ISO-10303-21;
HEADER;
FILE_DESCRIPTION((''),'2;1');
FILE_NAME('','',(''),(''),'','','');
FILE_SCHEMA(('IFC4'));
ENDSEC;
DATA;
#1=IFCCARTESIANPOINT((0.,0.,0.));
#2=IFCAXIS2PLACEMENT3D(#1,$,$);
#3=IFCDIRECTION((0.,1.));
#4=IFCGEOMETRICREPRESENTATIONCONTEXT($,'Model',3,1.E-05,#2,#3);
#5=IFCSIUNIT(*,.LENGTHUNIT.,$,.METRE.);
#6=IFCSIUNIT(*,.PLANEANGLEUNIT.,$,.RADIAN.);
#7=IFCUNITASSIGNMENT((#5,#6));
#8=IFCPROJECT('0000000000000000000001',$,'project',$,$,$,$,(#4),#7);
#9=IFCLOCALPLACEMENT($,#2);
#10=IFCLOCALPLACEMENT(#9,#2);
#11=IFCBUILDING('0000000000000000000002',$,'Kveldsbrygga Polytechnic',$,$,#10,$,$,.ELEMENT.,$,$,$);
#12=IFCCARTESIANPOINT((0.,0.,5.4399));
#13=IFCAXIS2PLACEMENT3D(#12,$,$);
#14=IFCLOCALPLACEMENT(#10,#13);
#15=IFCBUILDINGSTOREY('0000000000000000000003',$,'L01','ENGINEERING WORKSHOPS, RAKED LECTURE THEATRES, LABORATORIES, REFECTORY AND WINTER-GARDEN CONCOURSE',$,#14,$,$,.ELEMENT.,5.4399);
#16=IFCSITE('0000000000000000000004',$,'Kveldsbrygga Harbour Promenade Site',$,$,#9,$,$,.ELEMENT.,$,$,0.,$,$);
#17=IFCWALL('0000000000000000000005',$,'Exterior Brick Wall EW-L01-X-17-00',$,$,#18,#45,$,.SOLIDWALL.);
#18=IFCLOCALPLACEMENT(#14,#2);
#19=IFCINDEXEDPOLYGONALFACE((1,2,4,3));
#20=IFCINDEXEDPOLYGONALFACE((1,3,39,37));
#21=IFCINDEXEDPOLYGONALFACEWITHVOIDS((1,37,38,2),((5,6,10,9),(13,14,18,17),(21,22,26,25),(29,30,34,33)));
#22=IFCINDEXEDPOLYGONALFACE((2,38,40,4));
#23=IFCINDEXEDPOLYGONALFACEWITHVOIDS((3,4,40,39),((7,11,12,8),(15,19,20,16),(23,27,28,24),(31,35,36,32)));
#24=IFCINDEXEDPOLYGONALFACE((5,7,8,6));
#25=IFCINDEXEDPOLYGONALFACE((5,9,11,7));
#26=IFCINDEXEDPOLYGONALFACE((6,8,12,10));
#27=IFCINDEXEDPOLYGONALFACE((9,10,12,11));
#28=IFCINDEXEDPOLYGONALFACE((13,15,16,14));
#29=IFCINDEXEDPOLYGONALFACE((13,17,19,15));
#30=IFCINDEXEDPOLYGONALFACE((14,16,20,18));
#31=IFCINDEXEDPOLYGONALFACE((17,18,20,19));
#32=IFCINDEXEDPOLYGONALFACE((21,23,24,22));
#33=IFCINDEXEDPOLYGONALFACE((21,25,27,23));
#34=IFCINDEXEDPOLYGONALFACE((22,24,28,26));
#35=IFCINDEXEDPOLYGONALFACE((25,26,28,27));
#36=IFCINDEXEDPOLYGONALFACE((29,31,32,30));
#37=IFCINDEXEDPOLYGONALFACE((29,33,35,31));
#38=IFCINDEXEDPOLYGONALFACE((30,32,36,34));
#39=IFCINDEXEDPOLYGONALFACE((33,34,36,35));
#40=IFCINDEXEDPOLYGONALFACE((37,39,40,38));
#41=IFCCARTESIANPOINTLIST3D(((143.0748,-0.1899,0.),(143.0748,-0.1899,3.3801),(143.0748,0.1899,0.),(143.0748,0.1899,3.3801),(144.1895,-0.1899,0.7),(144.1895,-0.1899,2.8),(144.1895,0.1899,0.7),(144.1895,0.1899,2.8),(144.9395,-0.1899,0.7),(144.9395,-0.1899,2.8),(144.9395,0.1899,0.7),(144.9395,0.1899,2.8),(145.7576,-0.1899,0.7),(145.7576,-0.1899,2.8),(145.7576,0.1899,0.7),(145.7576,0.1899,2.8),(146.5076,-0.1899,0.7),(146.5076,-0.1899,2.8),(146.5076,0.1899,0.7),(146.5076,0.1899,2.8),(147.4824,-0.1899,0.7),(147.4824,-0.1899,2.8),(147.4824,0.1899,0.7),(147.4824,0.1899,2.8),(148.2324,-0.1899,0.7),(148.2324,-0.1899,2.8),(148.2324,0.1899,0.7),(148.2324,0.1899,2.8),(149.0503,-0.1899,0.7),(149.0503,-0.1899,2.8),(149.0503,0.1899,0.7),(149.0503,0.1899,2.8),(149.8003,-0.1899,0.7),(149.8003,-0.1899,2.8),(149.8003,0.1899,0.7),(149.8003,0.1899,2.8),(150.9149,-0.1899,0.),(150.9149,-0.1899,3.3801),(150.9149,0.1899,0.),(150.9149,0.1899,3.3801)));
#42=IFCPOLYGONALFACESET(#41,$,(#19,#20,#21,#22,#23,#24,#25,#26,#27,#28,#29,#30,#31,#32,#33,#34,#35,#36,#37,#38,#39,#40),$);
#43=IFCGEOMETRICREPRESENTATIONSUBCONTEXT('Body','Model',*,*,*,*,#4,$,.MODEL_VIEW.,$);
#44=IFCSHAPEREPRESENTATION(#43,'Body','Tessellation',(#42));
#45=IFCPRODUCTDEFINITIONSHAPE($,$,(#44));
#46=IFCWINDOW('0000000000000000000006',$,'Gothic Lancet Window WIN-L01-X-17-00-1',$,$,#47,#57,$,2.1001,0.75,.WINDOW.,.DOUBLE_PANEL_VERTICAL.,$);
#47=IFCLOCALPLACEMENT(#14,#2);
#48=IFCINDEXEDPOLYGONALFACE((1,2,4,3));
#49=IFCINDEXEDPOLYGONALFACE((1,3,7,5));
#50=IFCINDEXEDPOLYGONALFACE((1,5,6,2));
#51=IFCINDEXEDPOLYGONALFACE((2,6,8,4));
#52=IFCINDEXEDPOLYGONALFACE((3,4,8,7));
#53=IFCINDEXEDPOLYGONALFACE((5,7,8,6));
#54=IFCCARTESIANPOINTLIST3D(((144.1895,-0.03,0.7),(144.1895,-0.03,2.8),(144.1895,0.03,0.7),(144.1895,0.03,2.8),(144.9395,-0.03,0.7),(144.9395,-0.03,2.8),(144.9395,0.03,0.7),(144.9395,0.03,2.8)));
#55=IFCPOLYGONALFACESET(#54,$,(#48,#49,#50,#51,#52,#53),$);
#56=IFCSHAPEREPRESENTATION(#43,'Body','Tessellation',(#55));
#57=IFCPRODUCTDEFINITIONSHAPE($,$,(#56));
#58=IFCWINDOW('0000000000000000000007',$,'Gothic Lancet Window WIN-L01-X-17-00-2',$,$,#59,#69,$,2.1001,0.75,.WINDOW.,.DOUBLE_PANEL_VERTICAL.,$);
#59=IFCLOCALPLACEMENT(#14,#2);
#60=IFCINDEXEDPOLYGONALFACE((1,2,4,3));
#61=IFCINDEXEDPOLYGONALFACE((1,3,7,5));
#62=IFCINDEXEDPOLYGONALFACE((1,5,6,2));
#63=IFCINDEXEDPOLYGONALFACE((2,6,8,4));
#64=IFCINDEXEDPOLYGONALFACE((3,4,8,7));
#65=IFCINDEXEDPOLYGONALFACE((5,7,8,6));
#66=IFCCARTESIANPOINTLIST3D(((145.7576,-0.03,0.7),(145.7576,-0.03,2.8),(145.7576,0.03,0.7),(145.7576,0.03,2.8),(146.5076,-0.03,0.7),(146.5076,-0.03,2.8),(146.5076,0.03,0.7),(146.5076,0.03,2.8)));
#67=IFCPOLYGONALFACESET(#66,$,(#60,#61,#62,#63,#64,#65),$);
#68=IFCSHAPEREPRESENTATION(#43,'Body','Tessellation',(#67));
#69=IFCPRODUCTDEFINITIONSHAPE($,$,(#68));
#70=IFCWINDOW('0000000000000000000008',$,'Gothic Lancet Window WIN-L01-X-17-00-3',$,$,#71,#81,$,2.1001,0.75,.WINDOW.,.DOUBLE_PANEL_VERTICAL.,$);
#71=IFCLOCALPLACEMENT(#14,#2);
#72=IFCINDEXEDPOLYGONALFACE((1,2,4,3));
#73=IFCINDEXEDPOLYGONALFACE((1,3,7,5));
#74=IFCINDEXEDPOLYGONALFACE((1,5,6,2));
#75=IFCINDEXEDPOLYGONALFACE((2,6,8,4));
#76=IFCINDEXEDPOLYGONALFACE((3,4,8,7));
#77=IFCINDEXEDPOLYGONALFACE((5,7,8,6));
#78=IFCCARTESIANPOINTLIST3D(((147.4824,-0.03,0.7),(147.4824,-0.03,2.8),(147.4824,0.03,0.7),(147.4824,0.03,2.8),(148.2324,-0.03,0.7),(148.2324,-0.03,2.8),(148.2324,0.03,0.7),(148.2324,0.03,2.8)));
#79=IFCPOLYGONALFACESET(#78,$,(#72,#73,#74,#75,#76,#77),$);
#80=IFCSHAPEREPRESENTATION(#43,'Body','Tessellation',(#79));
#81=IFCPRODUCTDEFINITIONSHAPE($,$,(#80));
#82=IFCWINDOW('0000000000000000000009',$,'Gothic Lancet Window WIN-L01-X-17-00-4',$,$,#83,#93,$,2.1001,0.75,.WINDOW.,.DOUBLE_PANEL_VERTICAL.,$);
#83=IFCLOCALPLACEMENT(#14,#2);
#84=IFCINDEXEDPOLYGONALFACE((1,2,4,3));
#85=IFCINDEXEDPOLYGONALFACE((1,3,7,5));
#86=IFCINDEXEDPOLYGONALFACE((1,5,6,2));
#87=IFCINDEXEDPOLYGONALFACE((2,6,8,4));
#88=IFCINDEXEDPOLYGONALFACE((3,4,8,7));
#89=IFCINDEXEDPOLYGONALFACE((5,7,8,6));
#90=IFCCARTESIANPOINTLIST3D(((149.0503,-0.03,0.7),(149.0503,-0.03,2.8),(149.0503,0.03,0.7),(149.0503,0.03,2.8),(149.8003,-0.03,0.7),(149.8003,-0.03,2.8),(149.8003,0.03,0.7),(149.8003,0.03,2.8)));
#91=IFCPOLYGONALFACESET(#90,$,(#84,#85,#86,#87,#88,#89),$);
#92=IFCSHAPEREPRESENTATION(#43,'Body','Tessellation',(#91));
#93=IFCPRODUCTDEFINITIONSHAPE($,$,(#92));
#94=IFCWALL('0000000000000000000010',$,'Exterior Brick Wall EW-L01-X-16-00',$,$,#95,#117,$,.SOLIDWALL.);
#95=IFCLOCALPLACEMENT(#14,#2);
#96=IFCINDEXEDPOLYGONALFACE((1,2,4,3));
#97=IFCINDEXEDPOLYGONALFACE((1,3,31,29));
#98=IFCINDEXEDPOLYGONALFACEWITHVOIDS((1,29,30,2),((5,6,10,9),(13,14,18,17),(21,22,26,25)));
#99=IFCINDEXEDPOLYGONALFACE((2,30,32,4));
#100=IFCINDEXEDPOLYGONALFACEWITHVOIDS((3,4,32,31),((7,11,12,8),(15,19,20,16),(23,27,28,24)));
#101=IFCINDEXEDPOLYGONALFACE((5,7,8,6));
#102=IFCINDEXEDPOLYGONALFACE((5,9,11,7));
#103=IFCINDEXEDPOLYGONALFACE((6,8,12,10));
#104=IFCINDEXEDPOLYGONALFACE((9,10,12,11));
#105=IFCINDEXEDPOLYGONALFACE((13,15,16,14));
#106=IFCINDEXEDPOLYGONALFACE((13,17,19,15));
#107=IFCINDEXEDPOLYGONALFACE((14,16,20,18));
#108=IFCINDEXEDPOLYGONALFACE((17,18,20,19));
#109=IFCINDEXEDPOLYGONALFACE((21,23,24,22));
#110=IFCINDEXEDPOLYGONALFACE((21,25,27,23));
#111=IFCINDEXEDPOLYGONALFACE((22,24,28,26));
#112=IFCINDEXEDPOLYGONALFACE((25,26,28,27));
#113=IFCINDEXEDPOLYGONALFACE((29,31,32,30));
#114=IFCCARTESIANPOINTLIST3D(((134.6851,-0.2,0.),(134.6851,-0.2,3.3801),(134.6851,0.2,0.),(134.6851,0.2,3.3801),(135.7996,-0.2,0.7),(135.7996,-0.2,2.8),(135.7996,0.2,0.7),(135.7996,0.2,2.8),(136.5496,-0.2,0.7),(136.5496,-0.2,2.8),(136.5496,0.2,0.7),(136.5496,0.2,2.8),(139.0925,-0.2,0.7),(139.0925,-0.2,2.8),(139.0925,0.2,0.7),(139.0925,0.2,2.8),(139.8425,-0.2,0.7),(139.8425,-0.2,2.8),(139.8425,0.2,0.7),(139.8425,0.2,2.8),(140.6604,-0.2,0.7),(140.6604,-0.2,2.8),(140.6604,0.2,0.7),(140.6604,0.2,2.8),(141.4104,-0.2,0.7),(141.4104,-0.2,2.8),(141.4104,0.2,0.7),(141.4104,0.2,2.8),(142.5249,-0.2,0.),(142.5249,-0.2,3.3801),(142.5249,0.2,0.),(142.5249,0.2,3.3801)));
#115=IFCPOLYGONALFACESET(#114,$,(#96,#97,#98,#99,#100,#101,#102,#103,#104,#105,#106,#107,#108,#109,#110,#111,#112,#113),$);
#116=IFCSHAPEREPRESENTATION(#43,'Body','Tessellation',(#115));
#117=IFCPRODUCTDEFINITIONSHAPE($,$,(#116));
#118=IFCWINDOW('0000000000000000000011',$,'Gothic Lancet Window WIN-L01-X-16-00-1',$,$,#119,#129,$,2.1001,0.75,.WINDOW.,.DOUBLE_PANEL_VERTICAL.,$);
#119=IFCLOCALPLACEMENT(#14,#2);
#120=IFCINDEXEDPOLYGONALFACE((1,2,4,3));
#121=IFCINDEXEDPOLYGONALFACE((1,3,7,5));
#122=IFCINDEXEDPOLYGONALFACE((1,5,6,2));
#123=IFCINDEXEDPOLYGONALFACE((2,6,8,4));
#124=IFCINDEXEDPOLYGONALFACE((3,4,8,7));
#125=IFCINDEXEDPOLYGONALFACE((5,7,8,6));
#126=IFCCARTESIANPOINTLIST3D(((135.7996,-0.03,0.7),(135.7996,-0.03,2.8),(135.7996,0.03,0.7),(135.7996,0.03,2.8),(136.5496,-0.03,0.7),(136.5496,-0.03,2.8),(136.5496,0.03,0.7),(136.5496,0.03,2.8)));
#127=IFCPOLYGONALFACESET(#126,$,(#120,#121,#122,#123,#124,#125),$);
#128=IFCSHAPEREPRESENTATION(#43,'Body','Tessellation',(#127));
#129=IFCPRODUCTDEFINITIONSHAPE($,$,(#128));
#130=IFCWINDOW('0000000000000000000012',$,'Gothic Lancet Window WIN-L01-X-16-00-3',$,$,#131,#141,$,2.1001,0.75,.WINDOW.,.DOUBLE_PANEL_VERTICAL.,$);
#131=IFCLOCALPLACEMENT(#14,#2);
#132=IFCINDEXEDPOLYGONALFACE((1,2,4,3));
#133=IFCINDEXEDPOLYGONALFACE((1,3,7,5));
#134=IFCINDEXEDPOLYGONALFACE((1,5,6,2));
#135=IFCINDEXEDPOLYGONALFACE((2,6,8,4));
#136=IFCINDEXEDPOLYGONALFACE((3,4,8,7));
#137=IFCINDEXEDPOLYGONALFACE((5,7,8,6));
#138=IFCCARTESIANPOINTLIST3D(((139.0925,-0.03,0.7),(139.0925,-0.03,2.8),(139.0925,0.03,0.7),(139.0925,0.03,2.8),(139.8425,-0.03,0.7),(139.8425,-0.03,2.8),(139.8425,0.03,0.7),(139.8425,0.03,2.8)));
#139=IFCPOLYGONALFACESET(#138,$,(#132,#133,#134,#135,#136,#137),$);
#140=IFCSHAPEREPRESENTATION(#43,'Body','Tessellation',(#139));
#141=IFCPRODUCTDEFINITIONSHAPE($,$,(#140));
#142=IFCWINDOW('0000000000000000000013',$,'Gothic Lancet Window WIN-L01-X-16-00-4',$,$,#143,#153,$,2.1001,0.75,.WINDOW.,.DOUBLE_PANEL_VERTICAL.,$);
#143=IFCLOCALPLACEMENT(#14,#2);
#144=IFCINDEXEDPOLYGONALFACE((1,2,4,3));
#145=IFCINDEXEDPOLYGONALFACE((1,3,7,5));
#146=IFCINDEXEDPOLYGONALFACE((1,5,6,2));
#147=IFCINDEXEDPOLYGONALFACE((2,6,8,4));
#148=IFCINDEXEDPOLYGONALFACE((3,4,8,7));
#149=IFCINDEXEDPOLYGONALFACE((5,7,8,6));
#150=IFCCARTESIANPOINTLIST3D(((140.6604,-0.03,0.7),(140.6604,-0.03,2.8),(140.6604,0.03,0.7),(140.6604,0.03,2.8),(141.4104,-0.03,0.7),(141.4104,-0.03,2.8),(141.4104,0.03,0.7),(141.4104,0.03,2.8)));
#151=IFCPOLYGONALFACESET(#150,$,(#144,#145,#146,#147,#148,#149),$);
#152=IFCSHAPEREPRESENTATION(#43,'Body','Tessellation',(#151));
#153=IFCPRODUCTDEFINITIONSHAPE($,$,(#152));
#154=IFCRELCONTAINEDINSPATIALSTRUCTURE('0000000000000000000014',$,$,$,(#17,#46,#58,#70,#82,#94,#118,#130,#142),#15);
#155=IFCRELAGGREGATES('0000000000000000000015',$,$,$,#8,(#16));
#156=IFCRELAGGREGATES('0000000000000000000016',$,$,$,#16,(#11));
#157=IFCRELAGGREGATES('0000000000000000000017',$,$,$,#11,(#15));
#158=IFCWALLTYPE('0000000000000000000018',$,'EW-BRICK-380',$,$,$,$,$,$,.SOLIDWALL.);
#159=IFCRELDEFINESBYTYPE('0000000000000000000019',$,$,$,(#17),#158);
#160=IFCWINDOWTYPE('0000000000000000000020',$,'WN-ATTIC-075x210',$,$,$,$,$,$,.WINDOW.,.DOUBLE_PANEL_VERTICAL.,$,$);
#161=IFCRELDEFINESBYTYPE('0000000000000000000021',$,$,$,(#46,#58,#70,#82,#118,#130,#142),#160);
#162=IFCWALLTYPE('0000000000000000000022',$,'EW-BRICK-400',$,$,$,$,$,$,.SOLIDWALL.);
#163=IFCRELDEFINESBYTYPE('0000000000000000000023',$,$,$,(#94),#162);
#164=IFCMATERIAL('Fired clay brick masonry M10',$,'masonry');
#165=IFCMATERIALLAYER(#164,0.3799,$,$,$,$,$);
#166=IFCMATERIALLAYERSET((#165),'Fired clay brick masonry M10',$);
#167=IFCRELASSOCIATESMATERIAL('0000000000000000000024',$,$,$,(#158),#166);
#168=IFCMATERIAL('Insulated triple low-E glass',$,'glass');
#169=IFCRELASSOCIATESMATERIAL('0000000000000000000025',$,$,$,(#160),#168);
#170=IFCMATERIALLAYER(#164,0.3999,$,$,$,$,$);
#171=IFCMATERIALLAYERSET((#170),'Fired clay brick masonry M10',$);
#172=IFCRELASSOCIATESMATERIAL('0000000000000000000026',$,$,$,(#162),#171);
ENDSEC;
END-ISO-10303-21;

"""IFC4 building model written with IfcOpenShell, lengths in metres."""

from ifc_helpers import new_model, si_unit, direction, frame, frame_2d, origin, place, context, subcontext, project, spatial, rectangle, extrude, material, layer, layer_set, type_object, element, fill, save


model = new_model("IFC4")

# Units and contexts
model_context = context("Model", 3, precision=1e-05, world=origin(), true_north=direction((0.0, 1.0)))
body_context = subcontext(model_context, "Body", "Model", "MODEL_VIEW")
ifc_project = project(units=[si_unit("LENGTHUNIT", "METRE"), si_unit("PLANEANGLEUNIT", "RADIAN")], contexts=[model_context])

# Site, building, storey
site_placement = place(None, origin())
site = spatial("IfcSite", under=ifc_project, at=site_placement, Name="Kveldsbrygga Harbour Promenade Site", CompositionType="ELEMENT", RefElevation=0.0)
building_placement = place(site_placement, origin())
building = spatial("IfcBuilding", under=site, at=building_placement, Name="Kveldsbrygga Polytechnic", CompositionType="ELEMENT")
storey_placement = place(building_placement, frame((0.0, 0.0, 5.4399)))
storey = spatial("IfcBuildingStorey", under=building, at=storey_placement, Name="L01", Description="ENGINEERING WORKSHOPS, RAKED LECTURE THEATRES, LABORATORIES, REFECTORY AND WINTER-GARDEN CONCOURSE", CompositionType="ELEMENT", Elevation=5.4399)

# Shared definitions
ifc_material_1 = material(Name="Insulated triple low-E glass", Category="glass")

# Walls, openings, windows
ifc_material_2 = material(Name="Fired clay brick masonry M10", Category="masonry")
ifc_layer_1 = layer(ifc_material_2, 0.3799)
ifc_layer_set_1 = layer_set([ifc_layer_1], Name="Fired clay brick masonry M10")
wall_type_1 = type_object("IfcWallType", Name="EW-BRICK-380", PredefinedType="SOLIDWALL", material=ifc_layer_set_1)
wall_1_placement = place(storey_placement, frame((143.075, 0.0, 0.0), z_axis=(0.0, 0.0, 1.0), x_axis=(1.0, 0.0, 0.0)))
wall_1 = element("IfcWall", 1, at=wall_1_placement, inside=storey, type_object=wall_type_1, Name="Exterior Brick Wall EW-L01-X-17-00", PredefinedType="SOLIDWALL", context=body_context, shape_type="SweptSolid", body=[
    extrude(rectangle(XDim=7.8401, YDim=0.3799, at=frame_2d((3.9199, 0.0))), origin(), (0.0, 0.0, 1.0), 3.3801),
])
opening_1_placement = place(wall_1_placement, frame((1.1145, 0.0, 0.7)))
opening_1 = element("IfcOpeningElement", 2, at=opening_1_placement, cuts=wall_1, PredefinedType="OPENING", context=body_context, shape_type="SweptSolid", body=[
    extrude(rectangle(XDim=0.75, YDim=2.1001, at=frame_2d((0.375, 1.05))), frame((0.0, 0.2, 0.0), z_axis=(0.0, -1.0, 0.0), x_axis=(1.0, 0.0, 0.0)), (0.0, 0.0, 1.0), 0.3999),
])
opening_2_placement = place(wall_1_placement, frame((2.6826, 0.0, 0.7)))
opening_2 = element("IfcOpeningElement", 3, at=opening_2_placement, cuts=wall_1, PredefinedType="OPENING", context=body_context, shape_type="SweptSolid", body=[
    extrude(rectangle(XDim=0.75, YDim=2.1001, at=frame_2d((0.375, 1.05))), frame((0.0, 0.2, 0.0), z_axis=(0.0, -1.0, 0.0), x_axis=(1.0, 0.0, 0.0)), (0.0, 0.0, 1.0), 0.3999),
])
opening_3_placement = place(wall_1_placement, frame((4.4075, 0.0, 0.7)))
opening_3 = element("IfcOpeningElement", 4, at=opening_3_placement, cuts=wall_1, PredefinedType="OPENING", context=body_context, shape_type="SweptSolid", body=[
    extrude(rectangle(XDim=0.75, YDim=2.1001, at=frame_2d((0.375, 1.05))), frame((0.0, 0.2, 0.0), z_axis=(0.0, -1.0, 0.0), x_axis=(1.0, 0.0, 0.0)), (0.0, 0.0, 1.0), 0.3999),
])
opening_4_placement = place(wall_1_placement, frame((5.9753, 0.0, 0.7)))
opening_4 = element("IfcOpeningElement", 5, at=opening_4_placement, cuts=wall_1, PredefinedType="OPENING", context=body_context, shape_type="SweptSolid", body=[
    extrude(rectangle(XDim=0.75, YDim=2.1001, at=frame_2d((0.375, 1.05))), frame((0.0, 0.2, 0.0), z_axis=(0.0, -1.0, 0.0), x_axis=(1.0, 0.0, 0.0)), (0.0, 0.0, 1.0), 0.3999),
])
window_type = type_object("IfcWindowType", Name="WN-ATTIC-075x210", PartitioningType="DOUBLE_PANEL_VERTICAL", PredefinedType="WINDOW", material=ifc_material_1)
window_1_placement = place(opening_1_placement, origin())
window_1 = element("IfcWindow", 6, at=window_1_placement, inside=storey, type_object=window_type, Name="Gothic Lancet Window WIN-L01-X-17-00-1", OverallHeight=2.1001, OverallWidth=0.75, PartitioningType="DOUBLE_PANEL_VERTICAL", PredefinedType="WINDOW", context=body_context, shape_type="SweptSolid", body=[
    extrude(rectangle(XDim=0.75, YDim=2.1001, at=frame_2d((0.375, 1.05))), frame((0.0, 0.03, 0.0), z_axis=(0.0, -1.0, 0.0), x_axis=(1.0, 0.0, 0.0)), (0.0, 0.0, 1.0), 0.0601),
])
fill(opening_1, window_1)
window_2_placement = place(opening_2_placement, origin())
window_2 = element("IfcWindow", 7, at=window_2_placement, inside=storey, type_object=window_type, Name="Gothic Lancet Window WIN-L01-X-17-00-2", OverallHeight=2.1001, OverallWidth=0.75, PartitioningType="DOUBLE_PANEL_VERTICAL", PredefinedType="WINDOW", context=body_context, shape_type="SweptSolid", body=[
    extrude(rectangle(XDim=0.75, YDim=2.1001, at=frame_2d((0.375, 1.05))), frame((0.0, 0.03, 0.0), z_axis=(0.0, -1.0, 0.0), x_axis=(1.0, 0.0, 0.0)), (0.0, 0.0, 1.0), 0.0601),
])
fill(opening_2, window_2)
window_3_placement = place(opening_3_placement, origin())
window_3 = element("IfcWindow", 8, at=window_3_placement, inside=storey, type_object=window_type, Name="Gothic Lancet Window WIN-L01-X-17-00-3", OverallHeight=2.1001, OverallWidth=0.75, PartitioningType="DOUBLE_PANEL_VERTICAL", PredefinedType="WINDOW", context=body_context, shape_type="SweptSolid", body=[
    extrude(rectangle(XDim=0.75, YDim=2.1001, at=frame_2d((0.375, 1.05))), frame((0.0, 0.03, 0.0), z_axis=(0.0, -1.0, 0.0), x_axis=(1.0, 0.0, 0.0)), (0.0, 0.0, 1.0), 0.0601),
])
fill(opening_3, window_3)
window_4_placement = place(opening_4_placement, origin())
window_4 = element("IfcWindow", 9, at=window_4_placement, inside=storey, type_object=window_type, Name="Gothic Lancet Window WIN-L01-X-17-00-4", OverallHeight=2.1001, OverallWidth=0.75, PartitioningType="DOUBLE_PANEL_VERTICAL", PredefinedType="WINDOW", context=body_context, shape_type="SweptSolid", body=[
    extrude(rectangle(XDim=0.75, YDim=2.1001, at=frame_2d((0.375, 1.05))), frame((0.0, 0.03, 0.0), z_axis=(0.0, -1.0, 0.0), x_axis=(1.0, 0.0, 0.0)), (0.0, 0.0, 1.0), 0.0601),
])
fill(opening_4, window_4)
ifc_layer_2 = layer(ifc_material_2, 0.3999)
ifc_layer_set_2 = layer_set([ifc_layer_2], Name="Fired clay brick masonry M10")
wall_type_2 = type_object("IfcWallType", Name="EW-BRICK-400", PredefinedType="SOLIDWALL", material=ifc_layer_set_2)
wall_2_placement = place(storey_placement, frame((134.6851, 0.0, 0.0), z_axis=(0.0, 0.0, 1.0), x_axis=(1.0, 0.0, 0.0)))
wall_2 = element("IfcWall", 10, at=wall_2_placement, inside=storey, type_object=wall_type_2, Name="Exterior Brick Wall EW-L01-X-16-00", PredefinedType="SOLIDWALL", context=body_context, shape_type="SweptSolid", body=[
    extrude(rectangle(XDim=7.8398, YDim=0.3999, at=frame_2d((3.9199, 0.0))), origin(), (0.0, 0.0, 1.0), 3.3801),
])
opening_5_placement = place(wall_2_placement, frame((1.1145, 0.0, 0.7)))
opening_5 = element("IfcOpeningElement", 11, at=opening_5_placement, cuts=wall_2, PredefinedType="OPENING", context=body_context, shape_type="SweptSolid", body=[
    extrude(rectangle(XDim=0.75, YDim=2.1001, at=frame_2d((0.375, 1.05))), frame((0.0, 0.21, 0.0), z_axis=(0.0, -1.0, 0.0), x_axis=(1.0, 0.0, 0.0)), (0.0, 0.0, 1.0), 0.4199),
])
opening_6_placement = place(wall_2_placement, frame((4.4075, 0.0, 0.7)))
opening_6 = element("IfcOpeningElement", 12, at=opening_6_placement, cuts=wall_2, PredefinedType="OPENING", context=body_context, shape_type="SweptSolid", body=[
    extrude(rectangle(XDim=0.75, YDim=2.1001, at=frame_2d((0.375, 1.05))), frame((0.0, 0.21, 0.0), z_axis=(0.0, -1.0, 0.0), x_axis=(1.0, 0.0, 0.0)), (0.0, 0.0, 1.0), 0.4199),
])
opening_7_placement = place(wall_2_placement, frame((5.9753, 0.0, 0.7)))
opening_7 = element("IfcOpeningElement", 13, at=opening_7_placement, cuts=wall_2, PredefinedType="OPENING", context=body_context, shape_type="SweptSolid", body=[
    extrude(rectangle(XDim=0.75, YDim=2.1001, at=frame_2d((0.375, 1.05))), frame((0.0, 0.21, 0.0), z_axis=(0.0, -1.0, 0.0), x_axis=(1.0, 0.0, 0.0)), (0.0, 0.0, 1.0), 0.4199),
])
window_5_placement = place(opening_5_placement, origin())
window_5 = element("IfcWindow", 14, at=window_5_placement, inside=storey, type_object=window_type, Name="Gothic Lancet Window WIN-L01-X-16-00-1", OverallHeight=2.1001, OverallWidth=0.75, PartitioningType="DOUBLE_PANEL_VERTICAL", PredefinedType="WINDOW", context=body_context, shape_type="SweptSolid", body=[
    extrude(rectangle(XDim=0.75, YDim=2.1001, at=frame_2d((0.375, 1.05))), frame((0.0, 0.03, 0.0), z_axis=(0.0, -1.0, 0.0), x_axis=(1.0, 0.0, 0.0)), (0.0, 0.0, 1.0), 0.0601),
])
fill(opening_5, window_5)
window_6_placement = place(opening_6_placement, origin())
window_6 = element("IfcWindow", 15, at=window_6_placement, inside=storey, type_object=window_type, Name="Gothic Lancet Window WIN-L01-X-16-00-3", OverallHeight=2.1001, OverallWidth=0.75, PartitioningType="DOUBLE_PANEL_VERTICAL", PredefinedType="WINDOW", context=body_context, shape_type="SweptSolid", body=[
    extrude(rectangle(XDim=0.75, YDim=2.1001, at=frame_2d((0.375, 1.05))), frame((0.0, 0.03, 0.0), z_axis=(0.0, -1.0, 0.0), x_axis=(1.0, 0.0, 0.0)), (0.0, 0.0, 1.0), 0.0601),
])
fill(opening_6, window_6)
window_7_placement = place(opening_7_placement, origin())
window_7 = element("IfcWindow", 16, at=window_7_placement, inside=storey, type_object=window_type, Name="Gothic Lancet Window WIN-L01-X-16-00-4", OverallHeight=2.1001, OverallWidth=0.75, PartitioningType="DOUBLE_PANEL_VERTICAL", PredefinedType="WINDOW", context=body_context, shape_type="SweptSolid", body=[
    extrude(rectangle(XDim=0.75, YDim=2.1001, at=frame_2d((0.375, 1.05))), frame((0.0, 0.03, 0.0), z_axis=(0.0, -1.0, 0.0), x_axis=(1.0, 0.0, 0.0)), (0.0, 0.0, 1.0), 0.0601),
])
fill(opening_7, window_7)

save(model, "model.ifc")
